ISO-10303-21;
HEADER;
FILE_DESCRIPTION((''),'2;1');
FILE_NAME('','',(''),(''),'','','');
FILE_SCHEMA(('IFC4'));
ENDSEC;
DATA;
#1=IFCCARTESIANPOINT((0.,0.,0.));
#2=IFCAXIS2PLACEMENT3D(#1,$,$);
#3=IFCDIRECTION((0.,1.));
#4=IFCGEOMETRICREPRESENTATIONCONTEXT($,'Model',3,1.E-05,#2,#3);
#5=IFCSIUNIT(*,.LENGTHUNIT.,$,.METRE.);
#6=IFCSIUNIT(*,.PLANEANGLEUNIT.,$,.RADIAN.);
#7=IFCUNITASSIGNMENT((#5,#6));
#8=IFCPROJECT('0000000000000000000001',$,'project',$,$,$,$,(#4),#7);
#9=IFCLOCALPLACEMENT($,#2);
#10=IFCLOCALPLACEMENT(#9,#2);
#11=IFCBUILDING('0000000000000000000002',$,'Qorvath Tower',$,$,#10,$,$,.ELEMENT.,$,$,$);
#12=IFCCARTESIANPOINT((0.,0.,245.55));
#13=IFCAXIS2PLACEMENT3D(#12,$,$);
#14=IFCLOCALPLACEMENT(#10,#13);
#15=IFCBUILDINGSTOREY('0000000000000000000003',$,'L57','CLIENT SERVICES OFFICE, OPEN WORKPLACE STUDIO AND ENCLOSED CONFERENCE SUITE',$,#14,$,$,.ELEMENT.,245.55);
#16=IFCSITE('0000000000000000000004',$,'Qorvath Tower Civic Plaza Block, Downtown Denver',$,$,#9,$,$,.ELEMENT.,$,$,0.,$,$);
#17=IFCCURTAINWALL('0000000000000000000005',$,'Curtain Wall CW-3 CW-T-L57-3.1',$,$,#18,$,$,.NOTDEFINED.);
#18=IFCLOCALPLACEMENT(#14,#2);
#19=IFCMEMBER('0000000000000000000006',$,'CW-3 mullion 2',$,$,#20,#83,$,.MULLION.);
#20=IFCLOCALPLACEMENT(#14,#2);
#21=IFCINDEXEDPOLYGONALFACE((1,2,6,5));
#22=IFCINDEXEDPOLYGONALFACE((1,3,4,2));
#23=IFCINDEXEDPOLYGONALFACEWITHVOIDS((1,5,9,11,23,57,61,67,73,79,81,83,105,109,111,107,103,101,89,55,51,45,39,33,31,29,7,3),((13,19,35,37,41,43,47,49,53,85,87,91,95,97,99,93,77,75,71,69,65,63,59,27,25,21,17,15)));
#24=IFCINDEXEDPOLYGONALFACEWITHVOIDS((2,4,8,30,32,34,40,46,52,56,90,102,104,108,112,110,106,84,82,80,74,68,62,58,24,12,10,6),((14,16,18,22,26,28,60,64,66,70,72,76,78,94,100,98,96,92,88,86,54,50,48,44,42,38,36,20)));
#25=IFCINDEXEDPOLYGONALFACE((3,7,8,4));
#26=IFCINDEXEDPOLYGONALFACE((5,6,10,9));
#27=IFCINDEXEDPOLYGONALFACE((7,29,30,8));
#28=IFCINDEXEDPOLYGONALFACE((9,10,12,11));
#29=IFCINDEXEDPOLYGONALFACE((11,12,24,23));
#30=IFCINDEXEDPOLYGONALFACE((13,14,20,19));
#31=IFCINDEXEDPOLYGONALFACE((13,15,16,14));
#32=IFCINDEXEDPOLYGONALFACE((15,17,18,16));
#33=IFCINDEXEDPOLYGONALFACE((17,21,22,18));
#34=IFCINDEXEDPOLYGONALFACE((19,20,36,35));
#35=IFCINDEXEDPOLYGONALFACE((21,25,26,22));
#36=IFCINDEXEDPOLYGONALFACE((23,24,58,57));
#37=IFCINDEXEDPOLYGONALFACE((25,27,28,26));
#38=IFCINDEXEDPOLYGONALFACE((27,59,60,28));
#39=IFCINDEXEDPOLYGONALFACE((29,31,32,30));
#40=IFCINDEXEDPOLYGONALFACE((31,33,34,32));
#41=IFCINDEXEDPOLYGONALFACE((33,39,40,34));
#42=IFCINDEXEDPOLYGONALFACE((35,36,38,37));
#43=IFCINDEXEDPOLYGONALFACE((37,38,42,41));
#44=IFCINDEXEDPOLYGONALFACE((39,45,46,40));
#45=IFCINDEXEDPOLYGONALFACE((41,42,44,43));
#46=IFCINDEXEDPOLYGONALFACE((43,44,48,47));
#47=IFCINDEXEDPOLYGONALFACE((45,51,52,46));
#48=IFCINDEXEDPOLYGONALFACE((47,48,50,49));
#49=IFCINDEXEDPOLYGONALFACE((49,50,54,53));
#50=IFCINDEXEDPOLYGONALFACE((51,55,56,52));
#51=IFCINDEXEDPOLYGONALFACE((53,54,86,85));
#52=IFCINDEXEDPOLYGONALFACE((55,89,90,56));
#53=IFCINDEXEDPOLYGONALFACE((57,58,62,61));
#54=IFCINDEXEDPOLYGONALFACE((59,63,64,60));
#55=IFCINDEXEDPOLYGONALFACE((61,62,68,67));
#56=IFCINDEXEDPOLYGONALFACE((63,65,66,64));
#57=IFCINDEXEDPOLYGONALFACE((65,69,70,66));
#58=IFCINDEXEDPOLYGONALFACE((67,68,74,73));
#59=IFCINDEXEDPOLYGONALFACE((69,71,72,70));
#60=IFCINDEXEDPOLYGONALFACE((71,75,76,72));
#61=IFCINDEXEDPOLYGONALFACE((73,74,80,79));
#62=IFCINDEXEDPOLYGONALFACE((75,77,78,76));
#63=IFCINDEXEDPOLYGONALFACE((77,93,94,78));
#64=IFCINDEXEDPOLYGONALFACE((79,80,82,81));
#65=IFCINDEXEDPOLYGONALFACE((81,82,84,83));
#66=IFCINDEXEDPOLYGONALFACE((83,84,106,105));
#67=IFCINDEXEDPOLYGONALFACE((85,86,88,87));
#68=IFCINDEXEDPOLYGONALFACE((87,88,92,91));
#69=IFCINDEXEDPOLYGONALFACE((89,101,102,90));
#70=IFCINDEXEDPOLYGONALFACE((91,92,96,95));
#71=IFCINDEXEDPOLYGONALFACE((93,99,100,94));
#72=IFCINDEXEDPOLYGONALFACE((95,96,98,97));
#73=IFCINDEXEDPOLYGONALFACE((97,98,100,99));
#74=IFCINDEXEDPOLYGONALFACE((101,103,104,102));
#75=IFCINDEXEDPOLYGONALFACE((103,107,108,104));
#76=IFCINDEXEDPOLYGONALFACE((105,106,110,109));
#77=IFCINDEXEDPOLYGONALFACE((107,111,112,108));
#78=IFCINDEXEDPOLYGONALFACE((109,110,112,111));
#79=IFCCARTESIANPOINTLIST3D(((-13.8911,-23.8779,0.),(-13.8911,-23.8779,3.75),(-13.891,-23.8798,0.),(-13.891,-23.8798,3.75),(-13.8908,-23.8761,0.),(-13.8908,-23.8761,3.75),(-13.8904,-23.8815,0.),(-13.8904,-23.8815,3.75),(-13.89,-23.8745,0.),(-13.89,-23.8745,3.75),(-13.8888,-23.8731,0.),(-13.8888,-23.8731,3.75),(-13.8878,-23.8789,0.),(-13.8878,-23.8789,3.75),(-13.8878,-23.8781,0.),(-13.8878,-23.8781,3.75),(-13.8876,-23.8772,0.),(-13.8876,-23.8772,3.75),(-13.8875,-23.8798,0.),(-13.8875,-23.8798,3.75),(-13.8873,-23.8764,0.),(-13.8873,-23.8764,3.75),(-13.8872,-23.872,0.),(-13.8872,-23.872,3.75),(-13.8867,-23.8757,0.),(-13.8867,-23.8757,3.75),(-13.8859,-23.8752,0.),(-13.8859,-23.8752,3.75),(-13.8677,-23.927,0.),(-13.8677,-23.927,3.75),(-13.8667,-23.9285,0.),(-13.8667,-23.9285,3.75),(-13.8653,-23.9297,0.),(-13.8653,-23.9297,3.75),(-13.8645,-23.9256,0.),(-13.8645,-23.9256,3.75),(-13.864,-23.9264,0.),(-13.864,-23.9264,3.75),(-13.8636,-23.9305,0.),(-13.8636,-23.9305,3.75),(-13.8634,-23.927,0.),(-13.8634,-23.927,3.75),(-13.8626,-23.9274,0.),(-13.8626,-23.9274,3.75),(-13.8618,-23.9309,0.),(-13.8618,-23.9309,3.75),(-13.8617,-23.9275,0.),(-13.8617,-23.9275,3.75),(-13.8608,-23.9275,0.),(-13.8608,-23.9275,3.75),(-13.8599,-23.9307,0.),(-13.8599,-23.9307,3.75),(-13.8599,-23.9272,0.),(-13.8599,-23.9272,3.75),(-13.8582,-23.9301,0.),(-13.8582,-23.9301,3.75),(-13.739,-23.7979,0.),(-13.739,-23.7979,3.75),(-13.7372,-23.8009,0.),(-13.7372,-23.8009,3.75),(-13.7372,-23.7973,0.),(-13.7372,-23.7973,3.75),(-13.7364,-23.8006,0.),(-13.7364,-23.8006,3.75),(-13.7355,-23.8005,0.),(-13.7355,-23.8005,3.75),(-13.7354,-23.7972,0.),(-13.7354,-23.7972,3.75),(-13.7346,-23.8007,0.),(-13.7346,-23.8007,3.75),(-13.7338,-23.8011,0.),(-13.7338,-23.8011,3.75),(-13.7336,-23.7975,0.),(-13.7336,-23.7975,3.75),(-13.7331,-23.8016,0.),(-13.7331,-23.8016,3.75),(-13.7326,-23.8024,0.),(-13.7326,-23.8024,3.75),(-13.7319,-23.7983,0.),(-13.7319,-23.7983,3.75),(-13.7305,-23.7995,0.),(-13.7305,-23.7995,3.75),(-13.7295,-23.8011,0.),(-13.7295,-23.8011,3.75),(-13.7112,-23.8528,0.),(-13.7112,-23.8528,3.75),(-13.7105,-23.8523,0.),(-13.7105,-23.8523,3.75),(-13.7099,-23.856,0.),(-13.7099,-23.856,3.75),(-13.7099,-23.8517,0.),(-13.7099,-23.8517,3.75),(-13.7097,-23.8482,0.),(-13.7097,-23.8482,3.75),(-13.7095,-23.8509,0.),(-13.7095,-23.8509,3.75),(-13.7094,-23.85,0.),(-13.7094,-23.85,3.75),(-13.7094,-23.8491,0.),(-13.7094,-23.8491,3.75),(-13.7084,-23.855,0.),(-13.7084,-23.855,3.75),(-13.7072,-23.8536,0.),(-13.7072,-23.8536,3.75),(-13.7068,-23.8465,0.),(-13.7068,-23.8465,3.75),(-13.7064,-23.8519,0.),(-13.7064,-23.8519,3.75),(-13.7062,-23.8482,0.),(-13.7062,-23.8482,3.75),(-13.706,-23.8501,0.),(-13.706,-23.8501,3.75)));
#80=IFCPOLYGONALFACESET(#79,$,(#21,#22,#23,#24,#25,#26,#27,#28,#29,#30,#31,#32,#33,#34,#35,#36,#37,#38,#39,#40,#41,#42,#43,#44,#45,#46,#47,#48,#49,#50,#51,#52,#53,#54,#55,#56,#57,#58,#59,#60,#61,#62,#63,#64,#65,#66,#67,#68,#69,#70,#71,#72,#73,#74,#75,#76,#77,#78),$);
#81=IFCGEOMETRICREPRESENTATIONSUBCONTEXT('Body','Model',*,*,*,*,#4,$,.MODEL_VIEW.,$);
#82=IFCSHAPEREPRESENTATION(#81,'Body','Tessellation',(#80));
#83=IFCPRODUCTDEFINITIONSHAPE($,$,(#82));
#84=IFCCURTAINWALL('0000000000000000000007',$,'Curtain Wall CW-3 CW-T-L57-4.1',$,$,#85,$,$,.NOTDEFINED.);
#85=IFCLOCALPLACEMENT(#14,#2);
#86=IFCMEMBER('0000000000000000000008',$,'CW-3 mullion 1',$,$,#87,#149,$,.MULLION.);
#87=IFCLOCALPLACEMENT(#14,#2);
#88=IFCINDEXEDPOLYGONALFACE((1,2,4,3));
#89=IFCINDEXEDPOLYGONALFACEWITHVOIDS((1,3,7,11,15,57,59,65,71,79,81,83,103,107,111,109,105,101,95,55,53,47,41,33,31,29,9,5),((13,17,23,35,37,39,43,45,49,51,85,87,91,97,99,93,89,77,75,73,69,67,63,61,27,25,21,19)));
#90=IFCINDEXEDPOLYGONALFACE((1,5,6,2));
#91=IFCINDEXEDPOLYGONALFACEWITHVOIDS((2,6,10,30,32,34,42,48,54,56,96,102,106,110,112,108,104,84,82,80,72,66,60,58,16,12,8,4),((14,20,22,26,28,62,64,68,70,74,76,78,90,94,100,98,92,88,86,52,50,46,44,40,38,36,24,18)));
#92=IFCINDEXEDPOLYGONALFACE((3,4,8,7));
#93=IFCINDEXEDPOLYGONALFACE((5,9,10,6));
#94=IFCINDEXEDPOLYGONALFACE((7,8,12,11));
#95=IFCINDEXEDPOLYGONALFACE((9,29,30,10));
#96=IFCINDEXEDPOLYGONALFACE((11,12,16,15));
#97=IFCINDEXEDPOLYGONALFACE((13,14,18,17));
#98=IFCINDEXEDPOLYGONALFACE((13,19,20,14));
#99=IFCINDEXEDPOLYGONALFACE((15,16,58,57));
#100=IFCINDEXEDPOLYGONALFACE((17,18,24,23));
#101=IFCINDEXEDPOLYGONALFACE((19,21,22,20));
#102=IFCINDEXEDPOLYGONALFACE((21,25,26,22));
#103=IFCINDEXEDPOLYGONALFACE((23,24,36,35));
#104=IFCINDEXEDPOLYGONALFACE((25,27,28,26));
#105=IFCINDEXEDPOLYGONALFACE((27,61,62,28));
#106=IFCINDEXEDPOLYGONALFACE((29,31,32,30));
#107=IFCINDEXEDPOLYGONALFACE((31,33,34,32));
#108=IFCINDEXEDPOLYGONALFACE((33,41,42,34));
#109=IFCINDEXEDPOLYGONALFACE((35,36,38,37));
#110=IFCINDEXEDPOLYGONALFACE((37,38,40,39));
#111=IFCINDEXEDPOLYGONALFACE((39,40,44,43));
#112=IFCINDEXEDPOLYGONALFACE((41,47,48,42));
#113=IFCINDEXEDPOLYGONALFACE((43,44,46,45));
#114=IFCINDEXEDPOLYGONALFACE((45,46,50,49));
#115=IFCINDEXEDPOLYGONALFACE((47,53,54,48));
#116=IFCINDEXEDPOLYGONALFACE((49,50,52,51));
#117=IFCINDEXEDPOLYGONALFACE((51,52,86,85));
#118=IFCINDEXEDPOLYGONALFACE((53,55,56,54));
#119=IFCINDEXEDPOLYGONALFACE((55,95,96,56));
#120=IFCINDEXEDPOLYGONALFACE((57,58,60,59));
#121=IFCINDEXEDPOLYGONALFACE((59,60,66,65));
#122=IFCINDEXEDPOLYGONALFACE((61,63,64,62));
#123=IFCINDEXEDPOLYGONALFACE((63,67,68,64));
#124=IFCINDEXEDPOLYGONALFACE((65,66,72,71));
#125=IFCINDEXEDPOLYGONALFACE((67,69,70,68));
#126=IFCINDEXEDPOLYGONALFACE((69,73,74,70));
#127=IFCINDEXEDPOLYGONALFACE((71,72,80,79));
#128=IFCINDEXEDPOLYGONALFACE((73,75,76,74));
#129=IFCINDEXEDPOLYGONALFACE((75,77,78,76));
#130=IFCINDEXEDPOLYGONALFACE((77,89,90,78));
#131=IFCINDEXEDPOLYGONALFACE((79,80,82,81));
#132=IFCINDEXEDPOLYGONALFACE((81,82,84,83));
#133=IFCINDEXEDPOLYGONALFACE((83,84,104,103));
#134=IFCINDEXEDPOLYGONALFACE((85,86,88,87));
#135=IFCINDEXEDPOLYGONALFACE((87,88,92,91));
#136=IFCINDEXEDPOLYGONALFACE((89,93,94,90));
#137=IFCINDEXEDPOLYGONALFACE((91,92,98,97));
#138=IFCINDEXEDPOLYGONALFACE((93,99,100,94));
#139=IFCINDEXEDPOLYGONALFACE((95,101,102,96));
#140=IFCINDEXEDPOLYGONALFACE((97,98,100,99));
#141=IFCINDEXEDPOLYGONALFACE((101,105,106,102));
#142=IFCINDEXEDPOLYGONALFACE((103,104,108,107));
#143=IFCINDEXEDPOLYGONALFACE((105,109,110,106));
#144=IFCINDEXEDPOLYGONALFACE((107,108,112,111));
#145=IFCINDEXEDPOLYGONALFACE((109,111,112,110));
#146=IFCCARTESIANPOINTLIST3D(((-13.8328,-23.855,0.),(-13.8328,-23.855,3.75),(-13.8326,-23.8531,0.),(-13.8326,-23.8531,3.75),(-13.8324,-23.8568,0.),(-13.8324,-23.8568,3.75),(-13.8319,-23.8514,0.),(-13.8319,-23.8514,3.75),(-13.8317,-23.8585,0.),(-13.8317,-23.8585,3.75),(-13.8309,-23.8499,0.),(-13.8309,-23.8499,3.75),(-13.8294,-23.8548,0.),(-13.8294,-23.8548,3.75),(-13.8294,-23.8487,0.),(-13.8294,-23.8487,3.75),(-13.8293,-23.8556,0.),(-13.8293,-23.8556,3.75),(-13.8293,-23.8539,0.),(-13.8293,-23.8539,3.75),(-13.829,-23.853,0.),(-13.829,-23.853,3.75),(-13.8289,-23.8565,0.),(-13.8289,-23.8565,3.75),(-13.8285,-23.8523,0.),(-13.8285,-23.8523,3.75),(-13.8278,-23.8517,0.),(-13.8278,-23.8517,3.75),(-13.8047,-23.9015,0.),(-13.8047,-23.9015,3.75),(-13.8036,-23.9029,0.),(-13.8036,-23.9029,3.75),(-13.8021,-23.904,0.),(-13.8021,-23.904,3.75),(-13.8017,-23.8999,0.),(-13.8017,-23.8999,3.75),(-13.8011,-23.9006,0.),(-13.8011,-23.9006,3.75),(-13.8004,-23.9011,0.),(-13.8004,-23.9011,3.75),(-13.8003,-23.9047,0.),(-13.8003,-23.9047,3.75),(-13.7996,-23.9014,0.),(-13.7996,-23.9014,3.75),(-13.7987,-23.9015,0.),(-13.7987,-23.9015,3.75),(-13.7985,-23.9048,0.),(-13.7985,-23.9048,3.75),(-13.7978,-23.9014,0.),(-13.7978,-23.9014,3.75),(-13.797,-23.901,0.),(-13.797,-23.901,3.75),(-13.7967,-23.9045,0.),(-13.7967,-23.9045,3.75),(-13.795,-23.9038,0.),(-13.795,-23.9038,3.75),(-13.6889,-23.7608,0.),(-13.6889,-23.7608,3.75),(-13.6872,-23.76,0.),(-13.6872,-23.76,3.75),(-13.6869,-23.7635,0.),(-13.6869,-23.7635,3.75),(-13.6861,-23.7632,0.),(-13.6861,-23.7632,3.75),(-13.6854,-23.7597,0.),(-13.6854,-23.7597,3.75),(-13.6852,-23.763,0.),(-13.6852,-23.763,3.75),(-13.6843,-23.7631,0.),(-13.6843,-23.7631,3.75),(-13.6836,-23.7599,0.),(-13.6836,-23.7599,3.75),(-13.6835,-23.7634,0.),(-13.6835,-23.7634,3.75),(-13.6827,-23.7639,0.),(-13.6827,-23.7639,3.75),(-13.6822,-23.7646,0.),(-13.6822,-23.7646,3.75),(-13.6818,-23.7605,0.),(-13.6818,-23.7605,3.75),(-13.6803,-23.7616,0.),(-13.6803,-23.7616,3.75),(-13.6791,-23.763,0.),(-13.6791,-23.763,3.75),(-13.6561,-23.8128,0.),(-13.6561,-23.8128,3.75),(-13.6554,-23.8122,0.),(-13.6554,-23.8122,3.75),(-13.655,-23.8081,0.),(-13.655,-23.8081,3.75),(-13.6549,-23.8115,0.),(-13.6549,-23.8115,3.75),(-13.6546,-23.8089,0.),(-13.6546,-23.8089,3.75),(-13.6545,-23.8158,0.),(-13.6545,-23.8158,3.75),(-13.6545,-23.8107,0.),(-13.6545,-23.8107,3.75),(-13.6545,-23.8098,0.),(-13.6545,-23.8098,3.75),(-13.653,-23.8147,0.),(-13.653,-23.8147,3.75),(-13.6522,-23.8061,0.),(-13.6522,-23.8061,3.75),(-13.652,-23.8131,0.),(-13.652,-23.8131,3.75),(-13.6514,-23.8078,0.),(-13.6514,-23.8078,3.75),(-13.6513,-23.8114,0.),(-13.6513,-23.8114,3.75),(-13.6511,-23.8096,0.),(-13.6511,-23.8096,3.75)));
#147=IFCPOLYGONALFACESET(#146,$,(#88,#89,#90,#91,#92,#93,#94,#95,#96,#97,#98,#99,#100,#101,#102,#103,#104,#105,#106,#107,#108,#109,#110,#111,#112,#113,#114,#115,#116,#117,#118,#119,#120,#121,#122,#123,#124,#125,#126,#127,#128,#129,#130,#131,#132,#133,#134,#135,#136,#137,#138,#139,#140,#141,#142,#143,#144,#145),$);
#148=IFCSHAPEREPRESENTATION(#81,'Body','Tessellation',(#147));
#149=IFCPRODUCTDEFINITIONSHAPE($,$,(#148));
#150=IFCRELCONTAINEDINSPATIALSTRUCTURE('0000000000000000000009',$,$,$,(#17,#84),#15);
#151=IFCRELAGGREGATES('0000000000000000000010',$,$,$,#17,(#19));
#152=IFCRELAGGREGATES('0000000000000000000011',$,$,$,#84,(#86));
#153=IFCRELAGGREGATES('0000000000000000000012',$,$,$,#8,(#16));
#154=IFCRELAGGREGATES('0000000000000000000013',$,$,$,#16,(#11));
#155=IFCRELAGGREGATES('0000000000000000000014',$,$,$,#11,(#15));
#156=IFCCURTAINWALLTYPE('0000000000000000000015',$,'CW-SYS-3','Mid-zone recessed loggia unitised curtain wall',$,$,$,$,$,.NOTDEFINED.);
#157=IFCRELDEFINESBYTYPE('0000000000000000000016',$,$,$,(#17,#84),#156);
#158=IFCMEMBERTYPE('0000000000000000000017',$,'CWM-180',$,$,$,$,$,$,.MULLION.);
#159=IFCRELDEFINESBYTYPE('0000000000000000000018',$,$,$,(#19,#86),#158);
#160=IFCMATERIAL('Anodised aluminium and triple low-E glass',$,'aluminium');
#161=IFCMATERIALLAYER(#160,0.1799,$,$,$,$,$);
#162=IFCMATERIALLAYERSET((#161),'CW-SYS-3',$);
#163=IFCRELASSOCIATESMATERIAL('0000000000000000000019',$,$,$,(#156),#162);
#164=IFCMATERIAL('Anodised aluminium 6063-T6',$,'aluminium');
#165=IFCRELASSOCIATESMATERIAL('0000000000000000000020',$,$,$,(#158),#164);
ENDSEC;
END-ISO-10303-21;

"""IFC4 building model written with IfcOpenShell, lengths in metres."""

from ifc_helpers import new_model, si_unit, direction, frame, origin, origin_2d, place, context, subcontext, project, spatial, hollow_rectangle, extrude, material, layer, layer_set, material_profile, profile_set, type_object, element, aggregate, save


model = new_model("IFC4")

# Units and contexts
model_context = context("Model", 3, precision=1e-05, world=origin(), true_north=direction((0.0, 1.0)))
body_context = subcontext(model_context, "Body", "Model", "MODEL_VIEW")
ifc_project = project(units=[si_unit("LENGTHUNIT", "METRE"), si_unit("PLANEANGLEUNIT", "RADIAN")], contexts=[model_context])

# Site, building, storey
site_placement = place(None, origin())
site = spatial("IfcSite", under=ifc_project, at=site_placement, Name="Qorvath Tower Civic Plaza Block, Downtown Denver", CompositionType="ELEMENT", RefElevation=0.0)
building_placement = place(site_placement, origin())
building = spatial("IfcBuilding", under=site, at=building_placement, Name="Qorvath Tower", CompositionType="ELEMENT")
storey_placement = place(building_placement, frame((0.0, 0.0, 245.55)))
storey = spatial("IfcBuildingStorey", under=building, at=storey_placement, Name="L57", Description="CLIENT SERVICES OFFICE, OPEN WORKPLACE STUDIO AND ENCLOSED CONFERENCE SUITE", CompositionType="ELEMENT", Elevation=245.55)

# Shared definitions
ifc_material_1 = material(Name="Anodised aluminium and triple low-E glass", Category="aluminium")
ifc_layer_1 = layer(ifc_material_1, 0.1799)
ifc_layer_set_1 = layer_set([ifc_layer_1], Name="CW-SYS-3")
curtain_wall_type = type_object("IfcCurtainWallType", Name="CW-SYS-3", Description="Mid-zone recessed loggia unitised curtain wall", PredefinedType="NOTDEFINED", material=ifc_layer_set_1)
ifc_material_2 = material(Name="Anodised aluminium 6063-T6", Category="aluminium")
ifc_material_profile_1 = material_profile(ifc_material_2, hollow_rectangle(XDim=0.0649, YDim=0.1799, WallThickness=0.0034, InnerFilletRadius=0.0034, OuterFilletRadius=0.0071, at=origin_2d()), Name="CWM 180x65")
ifc_profile_set_1 = profile_set([ifc_material_profile_1], Name="Anodised aluminium 6063-T6")
member_type_1 = type_object("IfcMemberType", Name="CWM-180", PredefinedType="MULLION", material=ifc_profile_set_1)

# Curtain walls, members
curtain_wall_1_placement = place(storey_placement, origin())
curtain_wall_1 = element("IfcCurtainWall", 1, at=curtain_wall_1_placement, inside=storey, type_object=curtain_wall_type, Name="Curtain Wall CW-3 CW-T-L57-3.1", PredefinedType="NOTDEFINED")
member_1_placement = place(storey_placement, frame((-13.7986, -23.864, 0.0), z_axis=(0.0, 0.0, 1.0), x_axis=(-0.447175, 0.894447, 0.0)))
member_1 = element("IfcMember", 2, at=member_1_placement, type_object=member_type_1, Name="CW-3 mullion 2", PredefinedType="MULLION", context=body_context, shape_type="SweptSolid", body=[
    extrude(hollow_rectangle(XDim=0.0649, YDim=0.1799, WallThickness=0.0034, InnerFilletRadius=0.0034, OuterFilletRadius=0.0071, at=origin_2d()), origin(), (0.0, 0.0, 1.0), 3.75),
])
curtain_wall_2_placement = place(storey_placement, origin())
curtain_wall_2 = element("IfcCurtainWall", 3, at=curtain_wall_2_placement, inside=storey, type_object=curtain_wall_type, Name="Curtain Wall CW-3 CW-T-L57-4.1", PredefinedType="NOTDEFINED")
member_2_placement = place(storey_placement, frame((-13.7419, -23.8323, 0.0), z_axis=(0.0, 0.0, 1.0), x_axis=(-0.530487, 0.847693, 0.0)))
member_2 = element("IfcMember", 4, at=member_2_placement, type_object=member_type_1, Name="CW-3 mullion 1", PredefinedType="MULLION", context=body_context, shape_type="SweptSolid", body=[
    extrude(hollow_rectangle(XDim=0.0649, YDim=0.1799, WallThickness=0.0034, InnerFilletRadius=0.0034, OuterFilletRadius=0.0071, at=origin_2d()), origin(), (0.0, 0.0, 1.0), 3.75),
])

aggregate(curtain_wall_1, [member_1])
aggregate(curtain_wall_2, [member_2])

save(model, "model.ifc")
